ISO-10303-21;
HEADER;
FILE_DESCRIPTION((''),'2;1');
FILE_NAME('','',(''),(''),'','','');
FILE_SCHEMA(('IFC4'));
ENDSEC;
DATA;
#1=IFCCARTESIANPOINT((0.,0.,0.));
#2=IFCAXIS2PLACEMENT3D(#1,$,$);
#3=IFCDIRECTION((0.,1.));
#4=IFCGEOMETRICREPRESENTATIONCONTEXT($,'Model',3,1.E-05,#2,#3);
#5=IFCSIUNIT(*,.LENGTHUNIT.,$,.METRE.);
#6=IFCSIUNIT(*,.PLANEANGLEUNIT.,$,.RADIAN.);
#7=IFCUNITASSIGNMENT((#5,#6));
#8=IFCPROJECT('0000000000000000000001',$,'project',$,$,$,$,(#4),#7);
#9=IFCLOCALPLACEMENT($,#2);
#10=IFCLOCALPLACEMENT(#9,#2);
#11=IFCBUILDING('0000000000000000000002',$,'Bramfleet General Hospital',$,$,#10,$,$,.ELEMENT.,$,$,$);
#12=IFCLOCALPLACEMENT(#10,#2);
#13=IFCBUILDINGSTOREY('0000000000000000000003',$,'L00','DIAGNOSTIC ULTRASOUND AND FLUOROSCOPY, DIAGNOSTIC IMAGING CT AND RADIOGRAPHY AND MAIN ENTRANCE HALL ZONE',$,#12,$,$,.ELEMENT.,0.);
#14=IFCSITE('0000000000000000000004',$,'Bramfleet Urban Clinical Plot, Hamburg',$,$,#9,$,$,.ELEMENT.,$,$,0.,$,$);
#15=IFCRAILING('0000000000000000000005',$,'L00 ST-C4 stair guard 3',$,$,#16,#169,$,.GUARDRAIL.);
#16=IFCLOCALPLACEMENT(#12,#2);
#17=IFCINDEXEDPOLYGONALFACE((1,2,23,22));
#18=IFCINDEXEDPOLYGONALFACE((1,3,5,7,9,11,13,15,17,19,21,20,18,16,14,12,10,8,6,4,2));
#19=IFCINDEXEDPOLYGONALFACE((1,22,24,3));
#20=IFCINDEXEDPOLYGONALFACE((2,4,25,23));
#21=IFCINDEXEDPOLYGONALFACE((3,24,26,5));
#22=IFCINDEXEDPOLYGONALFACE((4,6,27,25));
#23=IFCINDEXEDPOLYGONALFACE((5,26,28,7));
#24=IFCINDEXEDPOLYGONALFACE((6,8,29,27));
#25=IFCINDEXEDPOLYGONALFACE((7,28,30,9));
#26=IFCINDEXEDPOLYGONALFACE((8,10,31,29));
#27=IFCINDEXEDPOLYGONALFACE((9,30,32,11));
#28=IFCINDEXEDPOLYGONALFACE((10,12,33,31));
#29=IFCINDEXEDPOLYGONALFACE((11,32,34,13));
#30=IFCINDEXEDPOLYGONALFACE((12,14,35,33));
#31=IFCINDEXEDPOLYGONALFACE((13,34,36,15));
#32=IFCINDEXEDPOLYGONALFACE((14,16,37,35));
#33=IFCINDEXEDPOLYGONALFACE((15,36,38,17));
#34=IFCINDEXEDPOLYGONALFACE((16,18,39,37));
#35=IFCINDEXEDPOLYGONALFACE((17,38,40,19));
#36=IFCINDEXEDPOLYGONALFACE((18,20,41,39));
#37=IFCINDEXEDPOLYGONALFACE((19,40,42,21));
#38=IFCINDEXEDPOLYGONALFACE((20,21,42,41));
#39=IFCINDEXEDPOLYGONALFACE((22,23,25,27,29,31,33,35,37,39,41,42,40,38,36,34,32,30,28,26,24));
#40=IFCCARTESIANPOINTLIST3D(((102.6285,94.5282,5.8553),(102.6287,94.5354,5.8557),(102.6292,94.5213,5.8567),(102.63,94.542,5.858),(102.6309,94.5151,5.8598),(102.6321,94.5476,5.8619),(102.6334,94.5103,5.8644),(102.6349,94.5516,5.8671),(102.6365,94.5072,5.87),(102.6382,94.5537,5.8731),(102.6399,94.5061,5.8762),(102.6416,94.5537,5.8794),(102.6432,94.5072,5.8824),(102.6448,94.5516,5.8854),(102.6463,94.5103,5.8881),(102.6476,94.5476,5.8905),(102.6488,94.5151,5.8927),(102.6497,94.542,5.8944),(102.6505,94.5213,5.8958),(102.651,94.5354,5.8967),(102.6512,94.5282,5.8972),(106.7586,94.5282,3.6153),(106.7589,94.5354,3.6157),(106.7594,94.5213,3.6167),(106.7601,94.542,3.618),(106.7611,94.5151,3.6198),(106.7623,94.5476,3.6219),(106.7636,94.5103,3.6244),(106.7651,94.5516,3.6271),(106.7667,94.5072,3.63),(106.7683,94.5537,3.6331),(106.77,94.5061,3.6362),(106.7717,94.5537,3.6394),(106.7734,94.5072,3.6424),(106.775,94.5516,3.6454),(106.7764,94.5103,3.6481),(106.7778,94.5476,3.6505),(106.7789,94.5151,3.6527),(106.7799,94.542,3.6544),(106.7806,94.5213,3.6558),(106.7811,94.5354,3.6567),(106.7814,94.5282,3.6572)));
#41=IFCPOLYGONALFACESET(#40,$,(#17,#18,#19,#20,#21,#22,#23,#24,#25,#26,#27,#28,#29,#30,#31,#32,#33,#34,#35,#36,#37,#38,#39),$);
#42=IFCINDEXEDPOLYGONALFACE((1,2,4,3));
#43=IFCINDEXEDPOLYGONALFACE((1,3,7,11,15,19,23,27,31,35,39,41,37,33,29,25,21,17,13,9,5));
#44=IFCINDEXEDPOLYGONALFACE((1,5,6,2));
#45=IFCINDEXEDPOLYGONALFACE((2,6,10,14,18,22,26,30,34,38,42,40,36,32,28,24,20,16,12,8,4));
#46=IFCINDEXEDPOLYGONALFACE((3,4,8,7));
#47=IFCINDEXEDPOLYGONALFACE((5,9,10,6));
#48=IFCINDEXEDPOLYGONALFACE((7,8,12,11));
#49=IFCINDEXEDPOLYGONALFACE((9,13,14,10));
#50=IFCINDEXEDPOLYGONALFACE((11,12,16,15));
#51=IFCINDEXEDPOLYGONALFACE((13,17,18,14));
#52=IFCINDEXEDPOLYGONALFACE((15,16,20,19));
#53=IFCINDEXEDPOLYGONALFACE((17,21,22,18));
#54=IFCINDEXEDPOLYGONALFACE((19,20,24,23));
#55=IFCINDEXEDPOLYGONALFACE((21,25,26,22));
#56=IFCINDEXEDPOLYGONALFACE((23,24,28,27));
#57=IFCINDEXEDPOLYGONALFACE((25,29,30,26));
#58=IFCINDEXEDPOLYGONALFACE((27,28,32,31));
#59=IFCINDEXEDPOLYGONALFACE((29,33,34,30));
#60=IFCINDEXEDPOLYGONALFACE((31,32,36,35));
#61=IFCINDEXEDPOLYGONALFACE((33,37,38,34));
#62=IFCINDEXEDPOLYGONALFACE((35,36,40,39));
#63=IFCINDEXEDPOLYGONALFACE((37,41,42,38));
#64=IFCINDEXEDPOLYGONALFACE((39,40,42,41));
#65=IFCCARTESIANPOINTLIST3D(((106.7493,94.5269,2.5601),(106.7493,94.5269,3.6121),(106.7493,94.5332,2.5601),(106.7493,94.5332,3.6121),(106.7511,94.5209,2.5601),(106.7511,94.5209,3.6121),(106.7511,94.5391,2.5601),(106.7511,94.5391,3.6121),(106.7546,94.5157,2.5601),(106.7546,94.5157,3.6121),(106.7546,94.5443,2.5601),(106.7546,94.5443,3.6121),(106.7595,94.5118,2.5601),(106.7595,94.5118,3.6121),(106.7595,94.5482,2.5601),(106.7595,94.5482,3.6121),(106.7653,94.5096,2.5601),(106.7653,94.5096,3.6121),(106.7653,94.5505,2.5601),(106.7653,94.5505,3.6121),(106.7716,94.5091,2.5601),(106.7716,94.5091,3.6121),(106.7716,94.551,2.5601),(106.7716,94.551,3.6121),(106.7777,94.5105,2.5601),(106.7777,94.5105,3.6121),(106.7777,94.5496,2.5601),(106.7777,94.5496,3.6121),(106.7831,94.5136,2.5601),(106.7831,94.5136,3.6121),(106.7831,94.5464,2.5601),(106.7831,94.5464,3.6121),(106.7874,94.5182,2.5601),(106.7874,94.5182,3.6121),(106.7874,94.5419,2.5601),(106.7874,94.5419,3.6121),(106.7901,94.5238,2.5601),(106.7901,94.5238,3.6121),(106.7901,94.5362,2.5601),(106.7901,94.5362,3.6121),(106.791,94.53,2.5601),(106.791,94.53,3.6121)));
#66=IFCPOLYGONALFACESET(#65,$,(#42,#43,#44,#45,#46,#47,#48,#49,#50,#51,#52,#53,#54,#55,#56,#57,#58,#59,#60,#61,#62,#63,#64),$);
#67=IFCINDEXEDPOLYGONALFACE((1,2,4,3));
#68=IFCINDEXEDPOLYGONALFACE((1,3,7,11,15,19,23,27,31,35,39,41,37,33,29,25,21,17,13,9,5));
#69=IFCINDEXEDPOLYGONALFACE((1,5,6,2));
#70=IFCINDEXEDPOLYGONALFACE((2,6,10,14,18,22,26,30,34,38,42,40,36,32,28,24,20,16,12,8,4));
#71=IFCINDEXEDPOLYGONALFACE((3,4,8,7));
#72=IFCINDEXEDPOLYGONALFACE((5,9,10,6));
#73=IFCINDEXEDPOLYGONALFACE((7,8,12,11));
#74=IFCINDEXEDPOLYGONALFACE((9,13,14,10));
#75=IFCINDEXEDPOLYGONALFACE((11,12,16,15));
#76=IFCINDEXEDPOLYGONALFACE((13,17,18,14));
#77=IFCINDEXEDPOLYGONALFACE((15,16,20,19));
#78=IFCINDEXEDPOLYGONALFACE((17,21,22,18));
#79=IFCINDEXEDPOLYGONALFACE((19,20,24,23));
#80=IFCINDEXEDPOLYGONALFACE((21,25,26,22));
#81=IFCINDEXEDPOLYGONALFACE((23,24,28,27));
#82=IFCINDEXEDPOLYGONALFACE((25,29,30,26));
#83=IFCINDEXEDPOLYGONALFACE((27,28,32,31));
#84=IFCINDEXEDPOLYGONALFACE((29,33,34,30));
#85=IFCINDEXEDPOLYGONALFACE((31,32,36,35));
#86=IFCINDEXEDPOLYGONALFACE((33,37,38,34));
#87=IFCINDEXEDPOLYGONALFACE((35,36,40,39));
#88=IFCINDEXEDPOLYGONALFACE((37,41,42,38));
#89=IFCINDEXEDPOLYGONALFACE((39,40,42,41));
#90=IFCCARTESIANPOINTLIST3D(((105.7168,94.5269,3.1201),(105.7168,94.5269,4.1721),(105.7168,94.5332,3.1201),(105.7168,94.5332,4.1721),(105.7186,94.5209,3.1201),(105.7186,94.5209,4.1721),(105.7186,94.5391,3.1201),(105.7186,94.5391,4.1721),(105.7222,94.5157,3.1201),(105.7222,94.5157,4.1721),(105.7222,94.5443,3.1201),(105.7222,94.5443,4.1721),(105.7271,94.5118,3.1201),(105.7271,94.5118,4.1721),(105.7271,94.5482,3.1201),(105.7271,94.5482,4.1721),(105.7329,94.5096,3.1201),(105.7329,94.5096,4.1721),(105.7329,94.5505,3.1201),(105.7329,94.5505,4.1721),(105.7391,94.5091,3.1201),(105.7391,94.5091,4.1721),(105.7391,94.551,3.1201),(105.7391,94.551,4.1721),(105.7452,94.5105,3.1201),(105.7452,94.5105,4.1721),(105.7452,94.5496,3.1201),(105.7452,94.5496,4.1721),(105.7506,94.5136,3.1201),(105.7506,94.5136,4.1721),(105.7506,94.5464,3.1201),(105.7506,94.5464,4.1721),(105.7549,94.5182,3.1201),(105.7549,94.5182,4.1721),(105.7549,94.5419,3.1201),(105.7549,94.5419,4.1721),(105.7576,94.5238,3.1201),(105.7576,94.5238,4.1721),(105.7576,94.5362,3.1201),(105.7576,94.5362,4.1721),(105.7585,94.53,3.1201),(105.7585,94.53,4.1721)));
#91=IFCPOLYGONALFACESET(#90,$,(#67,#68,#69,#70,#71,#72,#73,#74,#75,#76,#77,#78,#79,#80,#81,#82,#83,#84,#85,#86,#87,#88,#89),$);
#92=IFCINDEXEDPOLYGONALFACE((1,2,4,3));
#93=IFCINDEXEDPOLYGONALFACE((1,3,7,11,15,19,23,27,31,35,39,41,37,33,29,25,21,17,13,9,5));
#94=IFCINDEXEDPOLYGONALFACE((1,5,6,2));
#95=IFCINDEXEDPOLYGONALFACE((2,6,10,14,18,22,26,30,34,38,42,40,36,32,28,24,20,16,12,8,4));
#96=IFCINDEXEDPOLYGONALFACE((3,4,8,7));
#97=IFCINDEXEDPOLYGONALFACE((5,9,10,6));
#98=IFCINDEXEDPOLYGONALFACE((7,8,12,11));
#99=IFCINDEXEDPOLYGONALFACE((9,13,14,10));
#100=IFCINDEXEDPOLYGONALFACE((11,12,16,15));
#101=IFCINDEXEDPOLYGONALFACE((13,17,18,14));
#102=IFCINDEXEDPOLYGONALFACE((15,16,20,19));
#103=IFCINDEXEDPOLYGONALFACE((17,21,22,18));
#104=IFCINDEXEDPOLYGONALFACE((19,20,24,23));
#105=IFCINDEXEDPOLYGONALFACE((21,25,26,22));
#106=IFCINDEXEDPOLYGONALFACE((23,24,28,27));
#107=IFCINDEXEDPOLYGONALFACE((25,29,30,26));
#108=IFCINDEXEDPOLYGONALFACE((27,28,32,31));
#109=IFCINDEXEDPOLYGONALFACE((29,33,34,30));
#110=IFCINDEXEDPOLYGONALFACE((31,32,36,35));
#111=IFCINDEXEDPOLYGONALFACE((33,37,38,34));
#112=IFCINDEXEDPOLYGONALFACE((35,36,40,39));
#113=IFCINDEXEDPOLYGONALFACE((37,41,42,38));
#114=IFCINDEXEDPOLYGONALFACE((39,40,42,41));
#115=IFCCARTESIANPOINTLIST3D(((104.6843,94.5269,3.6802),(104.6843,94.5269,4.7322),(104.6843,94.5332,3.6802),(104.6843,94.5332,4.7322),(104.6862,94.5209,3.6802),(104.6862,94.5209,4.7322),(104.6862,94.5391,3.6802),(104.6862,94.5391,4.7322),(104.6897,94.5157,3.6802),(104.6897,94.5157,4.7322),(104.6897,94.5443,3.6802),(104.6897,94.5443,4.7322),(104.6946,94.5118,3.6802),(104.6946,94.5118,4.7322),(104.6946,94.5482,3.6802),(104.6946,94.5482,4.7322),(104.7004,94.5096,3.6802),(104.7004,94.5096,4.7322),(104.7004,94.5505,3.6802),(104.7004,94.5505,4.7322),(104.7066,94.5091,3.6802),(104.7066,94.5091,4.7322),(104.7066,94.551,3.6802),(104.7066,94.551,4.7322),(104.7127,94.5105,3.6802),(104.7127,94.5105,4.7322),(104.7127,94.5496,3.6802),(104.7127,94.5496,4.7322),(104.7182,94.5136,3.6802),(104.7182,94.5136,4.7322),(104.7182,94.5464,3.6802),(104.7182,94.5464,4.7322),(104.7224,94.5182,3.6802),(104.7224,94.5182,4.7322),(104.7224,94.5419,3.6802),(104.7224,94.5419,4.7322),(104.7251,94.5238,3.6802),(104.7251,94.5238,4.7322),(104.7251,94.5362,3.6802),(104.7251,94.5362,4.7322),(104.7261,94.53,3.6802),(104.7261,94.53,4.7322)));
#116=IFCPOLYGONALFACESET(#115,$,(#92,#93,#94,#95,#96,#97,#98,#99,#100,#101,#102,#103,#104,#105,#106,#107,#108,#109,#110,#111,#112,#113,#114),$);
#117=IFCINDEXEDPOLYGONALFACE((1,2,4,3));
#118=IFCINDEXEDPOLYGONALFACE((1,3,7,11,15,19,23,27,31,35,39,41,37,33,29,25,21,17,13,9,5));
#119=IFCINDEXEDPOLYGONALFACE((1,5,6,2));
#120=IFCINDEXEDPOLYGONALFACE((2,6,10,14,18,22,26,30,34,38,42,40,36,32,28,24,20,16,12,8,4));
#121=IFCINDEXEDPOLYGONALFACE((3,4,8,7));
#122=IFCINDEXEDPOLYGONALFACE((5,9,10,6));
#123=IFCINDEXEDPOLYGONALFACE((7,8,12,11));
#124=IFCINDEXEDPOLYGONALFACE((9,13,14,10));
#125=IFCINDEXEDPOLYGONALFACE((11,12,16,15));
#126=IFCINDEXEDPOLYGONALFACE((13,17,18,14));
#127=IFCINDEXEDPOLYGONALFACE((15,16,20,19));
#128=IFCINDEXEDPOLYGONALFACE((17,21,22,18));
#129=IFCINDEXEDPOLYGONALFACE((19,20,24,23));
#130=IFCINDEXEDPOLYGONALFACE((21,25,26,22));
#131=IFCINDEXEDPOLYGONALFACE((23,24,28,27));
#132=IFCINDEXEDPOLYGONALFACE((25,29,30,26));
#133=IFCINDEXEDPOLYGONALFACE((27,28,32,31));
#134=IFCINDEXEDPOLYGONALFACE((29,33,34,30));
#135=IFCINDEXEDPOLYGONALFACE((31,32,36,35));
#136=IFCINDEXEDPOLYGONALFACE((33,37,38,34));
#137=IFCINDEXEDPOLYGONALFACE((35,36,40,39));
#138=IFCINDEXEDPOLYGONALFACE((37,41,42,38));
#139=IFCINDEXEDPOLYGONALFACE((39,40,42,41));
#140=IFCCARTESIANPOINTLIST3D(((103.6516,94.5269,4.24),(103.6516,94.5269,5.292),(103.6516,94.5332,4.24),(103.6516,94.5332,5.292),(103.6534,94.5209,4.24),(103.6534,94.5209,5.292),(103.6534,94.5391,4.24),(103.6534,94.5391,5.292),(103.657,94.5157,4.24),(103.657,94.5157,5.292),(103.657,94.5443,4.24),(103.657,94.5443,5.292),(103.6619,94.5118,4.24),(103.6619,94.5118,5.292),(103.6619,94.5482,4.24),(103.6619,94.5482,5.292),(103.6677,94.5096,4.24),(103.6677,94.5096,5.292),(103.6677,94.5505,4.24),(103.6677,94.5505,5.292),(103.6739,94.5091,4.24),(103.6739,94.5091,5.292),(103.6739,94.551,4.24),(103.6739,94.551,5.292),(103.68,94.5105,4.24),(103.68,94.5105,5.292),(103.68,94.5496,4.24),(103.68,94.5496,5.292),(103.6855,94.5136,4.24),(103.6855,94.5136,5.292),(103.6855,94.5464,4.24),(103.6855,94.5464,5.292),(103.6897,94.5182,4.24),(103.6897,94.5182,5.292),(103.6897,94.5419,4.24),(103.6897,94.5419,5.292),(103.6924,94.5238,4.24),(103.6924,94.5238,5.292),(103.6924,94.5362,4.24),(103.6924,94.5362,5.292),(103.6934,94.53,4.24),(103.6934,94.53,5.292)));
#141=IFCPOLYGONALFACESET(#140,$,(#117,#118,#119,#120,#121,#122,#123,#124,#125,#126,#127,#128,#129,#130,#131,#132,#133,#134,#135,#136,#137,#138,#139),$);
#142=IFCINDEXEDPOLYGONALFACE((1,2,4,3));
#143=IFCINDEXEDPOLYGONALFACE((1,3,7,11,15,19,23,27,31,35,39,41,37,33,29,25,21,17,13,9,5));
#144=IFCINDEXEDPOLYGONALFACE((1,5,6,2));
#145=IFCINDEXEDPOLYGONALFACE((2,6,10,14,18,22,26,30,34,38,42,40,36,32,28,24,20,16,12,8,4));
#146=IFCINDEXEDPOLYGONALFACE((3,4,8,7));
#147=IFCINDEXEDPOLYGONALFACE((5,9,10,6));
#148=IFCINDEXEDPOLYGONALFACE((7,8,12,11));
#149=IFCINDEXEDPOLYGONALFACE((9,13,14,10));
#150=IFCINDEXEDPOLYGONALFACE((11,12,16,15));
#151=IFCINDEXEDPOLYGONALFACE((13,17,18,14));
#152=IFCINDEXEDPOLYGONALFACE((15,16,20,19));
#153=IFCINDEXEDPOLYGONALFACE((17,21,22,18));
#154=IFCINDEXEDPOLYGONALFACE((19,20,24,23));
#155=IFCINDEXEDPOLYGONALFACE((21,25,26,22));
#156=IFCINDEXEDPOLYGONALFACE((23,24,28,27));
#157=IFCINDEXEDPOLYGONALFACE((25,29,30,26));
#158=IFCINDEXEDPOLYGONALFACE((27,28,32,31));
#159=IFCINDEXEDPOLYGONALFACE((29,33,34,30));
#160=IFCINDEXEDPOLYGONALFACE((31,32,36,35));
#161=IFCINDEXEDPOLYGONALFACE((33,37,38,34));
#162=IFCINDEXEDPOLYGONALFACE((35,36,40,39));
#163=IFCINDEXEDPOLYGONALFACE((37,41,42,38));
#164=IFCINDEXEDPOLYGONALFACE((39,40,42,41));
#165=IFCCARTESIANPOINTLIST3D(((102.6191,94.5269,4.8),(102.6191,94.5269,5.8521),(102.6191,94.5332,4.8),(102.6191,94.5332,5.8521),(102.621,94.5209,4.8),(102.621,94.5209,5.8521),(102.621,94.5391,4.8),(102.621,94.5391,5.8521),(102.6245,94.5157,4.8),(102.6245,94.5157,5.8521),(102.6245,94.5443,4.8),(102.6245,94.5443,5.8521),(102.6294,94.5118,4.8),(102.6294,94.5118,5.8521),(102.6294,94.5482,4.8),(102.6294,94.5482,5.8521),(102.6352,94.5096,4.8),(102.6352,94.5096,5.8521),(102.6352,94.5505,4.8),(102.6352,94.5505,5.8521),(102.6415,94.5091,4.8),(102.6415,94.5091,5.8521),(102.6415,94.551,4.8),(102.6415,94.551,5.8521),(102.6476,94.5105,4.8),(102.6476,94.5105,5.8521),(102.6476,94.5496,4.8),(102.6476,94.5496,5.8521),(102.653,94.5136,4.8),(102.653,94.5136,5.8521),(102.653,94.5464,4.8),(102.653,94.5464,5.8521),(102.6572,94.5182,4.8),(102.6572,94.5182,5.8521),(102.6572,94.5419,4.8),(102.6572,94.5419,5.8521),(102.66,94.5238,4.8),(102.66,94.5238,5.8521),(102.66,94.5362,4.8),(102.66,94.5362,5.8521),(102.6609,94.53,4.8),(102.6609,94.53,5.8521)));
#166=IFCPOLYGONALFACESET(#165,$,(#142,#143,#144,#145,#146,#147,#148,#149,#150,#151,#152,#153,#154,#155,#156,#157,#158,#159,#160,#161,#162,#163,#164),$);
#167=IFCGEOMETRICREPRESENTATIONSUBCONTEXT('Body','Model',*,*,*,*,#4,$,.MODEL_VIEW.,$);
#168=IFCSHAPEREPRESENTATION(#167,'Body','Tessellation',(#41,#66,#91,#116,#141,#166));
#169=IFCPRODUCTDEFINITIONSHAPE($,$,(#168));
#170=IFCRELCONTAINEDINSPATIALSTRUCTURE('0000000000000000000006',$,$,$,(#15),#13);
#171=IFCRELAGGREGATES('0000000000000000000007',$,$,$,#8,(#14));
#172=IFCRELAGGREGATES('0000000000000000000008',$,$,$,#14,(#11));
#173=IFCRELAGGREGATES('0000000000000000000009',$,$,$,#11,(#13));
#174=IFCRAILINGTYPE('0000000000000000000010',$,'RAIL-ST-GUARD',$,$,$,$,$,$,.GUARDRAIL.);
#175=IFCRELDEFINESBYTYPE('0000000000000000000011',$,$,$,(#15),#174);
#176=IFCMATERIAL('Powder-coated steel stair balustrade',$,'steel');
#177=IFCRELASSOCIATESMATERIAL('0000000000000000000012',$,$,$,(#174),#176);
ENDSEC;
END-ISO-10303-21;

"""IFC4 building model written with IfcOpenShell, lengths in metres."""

from ifc_helpers import new_model, si_unit, direction, frame, origin, origin_2d, place, context, subcontext, project, spatial, circle, extrude, material, type_object, element, save


model = new_model("IFC4")

# Units and contexts
model_context = context("Model", 3, precision=1e-05, world=origin(), true_north=direction((0.0, 1.0)))
body_context = subcontext(model_context, "Body", "Model", "MODEL_VIEW")
ifc_project = project(units=[si_unit("LENGTHUNIT", "METRE"), si_unit("PLANEANGLEUNIT", "RADIAN")], contexts=[model_context])

# Site, building, storey
site_placement = place(None, origin())
site = spatial("IfcSite", under=ifc_project, at=site_placement, Name="Bramfleet Urban Clinical Plot, Hamburg", CompositionType="ELEMENT", RefElevation=0.0)
building_placement = place(site_placement, origin())
building = spatial("IfcBuilding", under=site, at=building_placement, Name="Bramfleet General Hospital", CompositionType="ELEMENT")
storey_placement = place(building_placement, origin())
storey = spatial("IfcBuildingStorey", under=building, at=storey_placement, Name="L00", Description="DIAGNOSTIC ULTRASOUND AND FLUOROSCOPY, DIAGNOSTIC IMAGING CT AND RADIOGRAPHY AND MAIN ENTRANCE HALL ZONE", CompositionType="ELEMENT", Elevation=0.0)

# Railing
ifc_material_1 = material(Name="Powder-coated steel stair balustrade", Category="steel")
railing_type_1 = type_object("IfcRailingType", Name="RAIL-ST-GUARD", PredefinedType="GUARDRAIL", material=ifc_material_1)
railing_1_placement = place(storey_placement, frame((106.77, 94.53, 2.5601)))
element("IfcRailing", 1, at=railing_1_placement, inside=storey, type_object=railing_type_1, Name="L00 ST-C4 stair guard 3", PredefinedType="GUARDRAIL", context=body_context, shape_type="SweptSolid", body=[
    extrude(circle(Radius=0.0239, at=origin_2d()), frame((0.0, 0.0, 1.0762), z_axis=(-0.879039, 0.0, 0.47675), x_axis=(0.0, -1.0, 0.0)), (0.0, 0.0, 1.0), 4.6985),
    extrude(circle(Radius=0.021, at=origin_2d()), origin(), (0.0, 0.0, 1.0), 1.052),
    extrude(circle(Radius=0.021, at=origin_2d()), frame((-1.0325, 0.0, 0.5601)), (0.0, 0.0, 1.0), 1.052),
    extrude(circle(Radius=0.021, at=origin_2d()), frame((-2.0649, 0.0, 1.1201)), (0.0, 0.0, 1.0), 1.052),
    extrude(circle(Radius=0.021, at=origin_2d()), frame((-3.0977, 0.0, 1.6799)), (0.0, 0.0, 1.0), 1.052),
    extrude(circle(Radius=0.021, at=origin_2d()), frame((-4.1301, 0.0, 2.24)), (0.0, 0.0, 1.0), 1.052),
])

save(model, "model.ifc")
